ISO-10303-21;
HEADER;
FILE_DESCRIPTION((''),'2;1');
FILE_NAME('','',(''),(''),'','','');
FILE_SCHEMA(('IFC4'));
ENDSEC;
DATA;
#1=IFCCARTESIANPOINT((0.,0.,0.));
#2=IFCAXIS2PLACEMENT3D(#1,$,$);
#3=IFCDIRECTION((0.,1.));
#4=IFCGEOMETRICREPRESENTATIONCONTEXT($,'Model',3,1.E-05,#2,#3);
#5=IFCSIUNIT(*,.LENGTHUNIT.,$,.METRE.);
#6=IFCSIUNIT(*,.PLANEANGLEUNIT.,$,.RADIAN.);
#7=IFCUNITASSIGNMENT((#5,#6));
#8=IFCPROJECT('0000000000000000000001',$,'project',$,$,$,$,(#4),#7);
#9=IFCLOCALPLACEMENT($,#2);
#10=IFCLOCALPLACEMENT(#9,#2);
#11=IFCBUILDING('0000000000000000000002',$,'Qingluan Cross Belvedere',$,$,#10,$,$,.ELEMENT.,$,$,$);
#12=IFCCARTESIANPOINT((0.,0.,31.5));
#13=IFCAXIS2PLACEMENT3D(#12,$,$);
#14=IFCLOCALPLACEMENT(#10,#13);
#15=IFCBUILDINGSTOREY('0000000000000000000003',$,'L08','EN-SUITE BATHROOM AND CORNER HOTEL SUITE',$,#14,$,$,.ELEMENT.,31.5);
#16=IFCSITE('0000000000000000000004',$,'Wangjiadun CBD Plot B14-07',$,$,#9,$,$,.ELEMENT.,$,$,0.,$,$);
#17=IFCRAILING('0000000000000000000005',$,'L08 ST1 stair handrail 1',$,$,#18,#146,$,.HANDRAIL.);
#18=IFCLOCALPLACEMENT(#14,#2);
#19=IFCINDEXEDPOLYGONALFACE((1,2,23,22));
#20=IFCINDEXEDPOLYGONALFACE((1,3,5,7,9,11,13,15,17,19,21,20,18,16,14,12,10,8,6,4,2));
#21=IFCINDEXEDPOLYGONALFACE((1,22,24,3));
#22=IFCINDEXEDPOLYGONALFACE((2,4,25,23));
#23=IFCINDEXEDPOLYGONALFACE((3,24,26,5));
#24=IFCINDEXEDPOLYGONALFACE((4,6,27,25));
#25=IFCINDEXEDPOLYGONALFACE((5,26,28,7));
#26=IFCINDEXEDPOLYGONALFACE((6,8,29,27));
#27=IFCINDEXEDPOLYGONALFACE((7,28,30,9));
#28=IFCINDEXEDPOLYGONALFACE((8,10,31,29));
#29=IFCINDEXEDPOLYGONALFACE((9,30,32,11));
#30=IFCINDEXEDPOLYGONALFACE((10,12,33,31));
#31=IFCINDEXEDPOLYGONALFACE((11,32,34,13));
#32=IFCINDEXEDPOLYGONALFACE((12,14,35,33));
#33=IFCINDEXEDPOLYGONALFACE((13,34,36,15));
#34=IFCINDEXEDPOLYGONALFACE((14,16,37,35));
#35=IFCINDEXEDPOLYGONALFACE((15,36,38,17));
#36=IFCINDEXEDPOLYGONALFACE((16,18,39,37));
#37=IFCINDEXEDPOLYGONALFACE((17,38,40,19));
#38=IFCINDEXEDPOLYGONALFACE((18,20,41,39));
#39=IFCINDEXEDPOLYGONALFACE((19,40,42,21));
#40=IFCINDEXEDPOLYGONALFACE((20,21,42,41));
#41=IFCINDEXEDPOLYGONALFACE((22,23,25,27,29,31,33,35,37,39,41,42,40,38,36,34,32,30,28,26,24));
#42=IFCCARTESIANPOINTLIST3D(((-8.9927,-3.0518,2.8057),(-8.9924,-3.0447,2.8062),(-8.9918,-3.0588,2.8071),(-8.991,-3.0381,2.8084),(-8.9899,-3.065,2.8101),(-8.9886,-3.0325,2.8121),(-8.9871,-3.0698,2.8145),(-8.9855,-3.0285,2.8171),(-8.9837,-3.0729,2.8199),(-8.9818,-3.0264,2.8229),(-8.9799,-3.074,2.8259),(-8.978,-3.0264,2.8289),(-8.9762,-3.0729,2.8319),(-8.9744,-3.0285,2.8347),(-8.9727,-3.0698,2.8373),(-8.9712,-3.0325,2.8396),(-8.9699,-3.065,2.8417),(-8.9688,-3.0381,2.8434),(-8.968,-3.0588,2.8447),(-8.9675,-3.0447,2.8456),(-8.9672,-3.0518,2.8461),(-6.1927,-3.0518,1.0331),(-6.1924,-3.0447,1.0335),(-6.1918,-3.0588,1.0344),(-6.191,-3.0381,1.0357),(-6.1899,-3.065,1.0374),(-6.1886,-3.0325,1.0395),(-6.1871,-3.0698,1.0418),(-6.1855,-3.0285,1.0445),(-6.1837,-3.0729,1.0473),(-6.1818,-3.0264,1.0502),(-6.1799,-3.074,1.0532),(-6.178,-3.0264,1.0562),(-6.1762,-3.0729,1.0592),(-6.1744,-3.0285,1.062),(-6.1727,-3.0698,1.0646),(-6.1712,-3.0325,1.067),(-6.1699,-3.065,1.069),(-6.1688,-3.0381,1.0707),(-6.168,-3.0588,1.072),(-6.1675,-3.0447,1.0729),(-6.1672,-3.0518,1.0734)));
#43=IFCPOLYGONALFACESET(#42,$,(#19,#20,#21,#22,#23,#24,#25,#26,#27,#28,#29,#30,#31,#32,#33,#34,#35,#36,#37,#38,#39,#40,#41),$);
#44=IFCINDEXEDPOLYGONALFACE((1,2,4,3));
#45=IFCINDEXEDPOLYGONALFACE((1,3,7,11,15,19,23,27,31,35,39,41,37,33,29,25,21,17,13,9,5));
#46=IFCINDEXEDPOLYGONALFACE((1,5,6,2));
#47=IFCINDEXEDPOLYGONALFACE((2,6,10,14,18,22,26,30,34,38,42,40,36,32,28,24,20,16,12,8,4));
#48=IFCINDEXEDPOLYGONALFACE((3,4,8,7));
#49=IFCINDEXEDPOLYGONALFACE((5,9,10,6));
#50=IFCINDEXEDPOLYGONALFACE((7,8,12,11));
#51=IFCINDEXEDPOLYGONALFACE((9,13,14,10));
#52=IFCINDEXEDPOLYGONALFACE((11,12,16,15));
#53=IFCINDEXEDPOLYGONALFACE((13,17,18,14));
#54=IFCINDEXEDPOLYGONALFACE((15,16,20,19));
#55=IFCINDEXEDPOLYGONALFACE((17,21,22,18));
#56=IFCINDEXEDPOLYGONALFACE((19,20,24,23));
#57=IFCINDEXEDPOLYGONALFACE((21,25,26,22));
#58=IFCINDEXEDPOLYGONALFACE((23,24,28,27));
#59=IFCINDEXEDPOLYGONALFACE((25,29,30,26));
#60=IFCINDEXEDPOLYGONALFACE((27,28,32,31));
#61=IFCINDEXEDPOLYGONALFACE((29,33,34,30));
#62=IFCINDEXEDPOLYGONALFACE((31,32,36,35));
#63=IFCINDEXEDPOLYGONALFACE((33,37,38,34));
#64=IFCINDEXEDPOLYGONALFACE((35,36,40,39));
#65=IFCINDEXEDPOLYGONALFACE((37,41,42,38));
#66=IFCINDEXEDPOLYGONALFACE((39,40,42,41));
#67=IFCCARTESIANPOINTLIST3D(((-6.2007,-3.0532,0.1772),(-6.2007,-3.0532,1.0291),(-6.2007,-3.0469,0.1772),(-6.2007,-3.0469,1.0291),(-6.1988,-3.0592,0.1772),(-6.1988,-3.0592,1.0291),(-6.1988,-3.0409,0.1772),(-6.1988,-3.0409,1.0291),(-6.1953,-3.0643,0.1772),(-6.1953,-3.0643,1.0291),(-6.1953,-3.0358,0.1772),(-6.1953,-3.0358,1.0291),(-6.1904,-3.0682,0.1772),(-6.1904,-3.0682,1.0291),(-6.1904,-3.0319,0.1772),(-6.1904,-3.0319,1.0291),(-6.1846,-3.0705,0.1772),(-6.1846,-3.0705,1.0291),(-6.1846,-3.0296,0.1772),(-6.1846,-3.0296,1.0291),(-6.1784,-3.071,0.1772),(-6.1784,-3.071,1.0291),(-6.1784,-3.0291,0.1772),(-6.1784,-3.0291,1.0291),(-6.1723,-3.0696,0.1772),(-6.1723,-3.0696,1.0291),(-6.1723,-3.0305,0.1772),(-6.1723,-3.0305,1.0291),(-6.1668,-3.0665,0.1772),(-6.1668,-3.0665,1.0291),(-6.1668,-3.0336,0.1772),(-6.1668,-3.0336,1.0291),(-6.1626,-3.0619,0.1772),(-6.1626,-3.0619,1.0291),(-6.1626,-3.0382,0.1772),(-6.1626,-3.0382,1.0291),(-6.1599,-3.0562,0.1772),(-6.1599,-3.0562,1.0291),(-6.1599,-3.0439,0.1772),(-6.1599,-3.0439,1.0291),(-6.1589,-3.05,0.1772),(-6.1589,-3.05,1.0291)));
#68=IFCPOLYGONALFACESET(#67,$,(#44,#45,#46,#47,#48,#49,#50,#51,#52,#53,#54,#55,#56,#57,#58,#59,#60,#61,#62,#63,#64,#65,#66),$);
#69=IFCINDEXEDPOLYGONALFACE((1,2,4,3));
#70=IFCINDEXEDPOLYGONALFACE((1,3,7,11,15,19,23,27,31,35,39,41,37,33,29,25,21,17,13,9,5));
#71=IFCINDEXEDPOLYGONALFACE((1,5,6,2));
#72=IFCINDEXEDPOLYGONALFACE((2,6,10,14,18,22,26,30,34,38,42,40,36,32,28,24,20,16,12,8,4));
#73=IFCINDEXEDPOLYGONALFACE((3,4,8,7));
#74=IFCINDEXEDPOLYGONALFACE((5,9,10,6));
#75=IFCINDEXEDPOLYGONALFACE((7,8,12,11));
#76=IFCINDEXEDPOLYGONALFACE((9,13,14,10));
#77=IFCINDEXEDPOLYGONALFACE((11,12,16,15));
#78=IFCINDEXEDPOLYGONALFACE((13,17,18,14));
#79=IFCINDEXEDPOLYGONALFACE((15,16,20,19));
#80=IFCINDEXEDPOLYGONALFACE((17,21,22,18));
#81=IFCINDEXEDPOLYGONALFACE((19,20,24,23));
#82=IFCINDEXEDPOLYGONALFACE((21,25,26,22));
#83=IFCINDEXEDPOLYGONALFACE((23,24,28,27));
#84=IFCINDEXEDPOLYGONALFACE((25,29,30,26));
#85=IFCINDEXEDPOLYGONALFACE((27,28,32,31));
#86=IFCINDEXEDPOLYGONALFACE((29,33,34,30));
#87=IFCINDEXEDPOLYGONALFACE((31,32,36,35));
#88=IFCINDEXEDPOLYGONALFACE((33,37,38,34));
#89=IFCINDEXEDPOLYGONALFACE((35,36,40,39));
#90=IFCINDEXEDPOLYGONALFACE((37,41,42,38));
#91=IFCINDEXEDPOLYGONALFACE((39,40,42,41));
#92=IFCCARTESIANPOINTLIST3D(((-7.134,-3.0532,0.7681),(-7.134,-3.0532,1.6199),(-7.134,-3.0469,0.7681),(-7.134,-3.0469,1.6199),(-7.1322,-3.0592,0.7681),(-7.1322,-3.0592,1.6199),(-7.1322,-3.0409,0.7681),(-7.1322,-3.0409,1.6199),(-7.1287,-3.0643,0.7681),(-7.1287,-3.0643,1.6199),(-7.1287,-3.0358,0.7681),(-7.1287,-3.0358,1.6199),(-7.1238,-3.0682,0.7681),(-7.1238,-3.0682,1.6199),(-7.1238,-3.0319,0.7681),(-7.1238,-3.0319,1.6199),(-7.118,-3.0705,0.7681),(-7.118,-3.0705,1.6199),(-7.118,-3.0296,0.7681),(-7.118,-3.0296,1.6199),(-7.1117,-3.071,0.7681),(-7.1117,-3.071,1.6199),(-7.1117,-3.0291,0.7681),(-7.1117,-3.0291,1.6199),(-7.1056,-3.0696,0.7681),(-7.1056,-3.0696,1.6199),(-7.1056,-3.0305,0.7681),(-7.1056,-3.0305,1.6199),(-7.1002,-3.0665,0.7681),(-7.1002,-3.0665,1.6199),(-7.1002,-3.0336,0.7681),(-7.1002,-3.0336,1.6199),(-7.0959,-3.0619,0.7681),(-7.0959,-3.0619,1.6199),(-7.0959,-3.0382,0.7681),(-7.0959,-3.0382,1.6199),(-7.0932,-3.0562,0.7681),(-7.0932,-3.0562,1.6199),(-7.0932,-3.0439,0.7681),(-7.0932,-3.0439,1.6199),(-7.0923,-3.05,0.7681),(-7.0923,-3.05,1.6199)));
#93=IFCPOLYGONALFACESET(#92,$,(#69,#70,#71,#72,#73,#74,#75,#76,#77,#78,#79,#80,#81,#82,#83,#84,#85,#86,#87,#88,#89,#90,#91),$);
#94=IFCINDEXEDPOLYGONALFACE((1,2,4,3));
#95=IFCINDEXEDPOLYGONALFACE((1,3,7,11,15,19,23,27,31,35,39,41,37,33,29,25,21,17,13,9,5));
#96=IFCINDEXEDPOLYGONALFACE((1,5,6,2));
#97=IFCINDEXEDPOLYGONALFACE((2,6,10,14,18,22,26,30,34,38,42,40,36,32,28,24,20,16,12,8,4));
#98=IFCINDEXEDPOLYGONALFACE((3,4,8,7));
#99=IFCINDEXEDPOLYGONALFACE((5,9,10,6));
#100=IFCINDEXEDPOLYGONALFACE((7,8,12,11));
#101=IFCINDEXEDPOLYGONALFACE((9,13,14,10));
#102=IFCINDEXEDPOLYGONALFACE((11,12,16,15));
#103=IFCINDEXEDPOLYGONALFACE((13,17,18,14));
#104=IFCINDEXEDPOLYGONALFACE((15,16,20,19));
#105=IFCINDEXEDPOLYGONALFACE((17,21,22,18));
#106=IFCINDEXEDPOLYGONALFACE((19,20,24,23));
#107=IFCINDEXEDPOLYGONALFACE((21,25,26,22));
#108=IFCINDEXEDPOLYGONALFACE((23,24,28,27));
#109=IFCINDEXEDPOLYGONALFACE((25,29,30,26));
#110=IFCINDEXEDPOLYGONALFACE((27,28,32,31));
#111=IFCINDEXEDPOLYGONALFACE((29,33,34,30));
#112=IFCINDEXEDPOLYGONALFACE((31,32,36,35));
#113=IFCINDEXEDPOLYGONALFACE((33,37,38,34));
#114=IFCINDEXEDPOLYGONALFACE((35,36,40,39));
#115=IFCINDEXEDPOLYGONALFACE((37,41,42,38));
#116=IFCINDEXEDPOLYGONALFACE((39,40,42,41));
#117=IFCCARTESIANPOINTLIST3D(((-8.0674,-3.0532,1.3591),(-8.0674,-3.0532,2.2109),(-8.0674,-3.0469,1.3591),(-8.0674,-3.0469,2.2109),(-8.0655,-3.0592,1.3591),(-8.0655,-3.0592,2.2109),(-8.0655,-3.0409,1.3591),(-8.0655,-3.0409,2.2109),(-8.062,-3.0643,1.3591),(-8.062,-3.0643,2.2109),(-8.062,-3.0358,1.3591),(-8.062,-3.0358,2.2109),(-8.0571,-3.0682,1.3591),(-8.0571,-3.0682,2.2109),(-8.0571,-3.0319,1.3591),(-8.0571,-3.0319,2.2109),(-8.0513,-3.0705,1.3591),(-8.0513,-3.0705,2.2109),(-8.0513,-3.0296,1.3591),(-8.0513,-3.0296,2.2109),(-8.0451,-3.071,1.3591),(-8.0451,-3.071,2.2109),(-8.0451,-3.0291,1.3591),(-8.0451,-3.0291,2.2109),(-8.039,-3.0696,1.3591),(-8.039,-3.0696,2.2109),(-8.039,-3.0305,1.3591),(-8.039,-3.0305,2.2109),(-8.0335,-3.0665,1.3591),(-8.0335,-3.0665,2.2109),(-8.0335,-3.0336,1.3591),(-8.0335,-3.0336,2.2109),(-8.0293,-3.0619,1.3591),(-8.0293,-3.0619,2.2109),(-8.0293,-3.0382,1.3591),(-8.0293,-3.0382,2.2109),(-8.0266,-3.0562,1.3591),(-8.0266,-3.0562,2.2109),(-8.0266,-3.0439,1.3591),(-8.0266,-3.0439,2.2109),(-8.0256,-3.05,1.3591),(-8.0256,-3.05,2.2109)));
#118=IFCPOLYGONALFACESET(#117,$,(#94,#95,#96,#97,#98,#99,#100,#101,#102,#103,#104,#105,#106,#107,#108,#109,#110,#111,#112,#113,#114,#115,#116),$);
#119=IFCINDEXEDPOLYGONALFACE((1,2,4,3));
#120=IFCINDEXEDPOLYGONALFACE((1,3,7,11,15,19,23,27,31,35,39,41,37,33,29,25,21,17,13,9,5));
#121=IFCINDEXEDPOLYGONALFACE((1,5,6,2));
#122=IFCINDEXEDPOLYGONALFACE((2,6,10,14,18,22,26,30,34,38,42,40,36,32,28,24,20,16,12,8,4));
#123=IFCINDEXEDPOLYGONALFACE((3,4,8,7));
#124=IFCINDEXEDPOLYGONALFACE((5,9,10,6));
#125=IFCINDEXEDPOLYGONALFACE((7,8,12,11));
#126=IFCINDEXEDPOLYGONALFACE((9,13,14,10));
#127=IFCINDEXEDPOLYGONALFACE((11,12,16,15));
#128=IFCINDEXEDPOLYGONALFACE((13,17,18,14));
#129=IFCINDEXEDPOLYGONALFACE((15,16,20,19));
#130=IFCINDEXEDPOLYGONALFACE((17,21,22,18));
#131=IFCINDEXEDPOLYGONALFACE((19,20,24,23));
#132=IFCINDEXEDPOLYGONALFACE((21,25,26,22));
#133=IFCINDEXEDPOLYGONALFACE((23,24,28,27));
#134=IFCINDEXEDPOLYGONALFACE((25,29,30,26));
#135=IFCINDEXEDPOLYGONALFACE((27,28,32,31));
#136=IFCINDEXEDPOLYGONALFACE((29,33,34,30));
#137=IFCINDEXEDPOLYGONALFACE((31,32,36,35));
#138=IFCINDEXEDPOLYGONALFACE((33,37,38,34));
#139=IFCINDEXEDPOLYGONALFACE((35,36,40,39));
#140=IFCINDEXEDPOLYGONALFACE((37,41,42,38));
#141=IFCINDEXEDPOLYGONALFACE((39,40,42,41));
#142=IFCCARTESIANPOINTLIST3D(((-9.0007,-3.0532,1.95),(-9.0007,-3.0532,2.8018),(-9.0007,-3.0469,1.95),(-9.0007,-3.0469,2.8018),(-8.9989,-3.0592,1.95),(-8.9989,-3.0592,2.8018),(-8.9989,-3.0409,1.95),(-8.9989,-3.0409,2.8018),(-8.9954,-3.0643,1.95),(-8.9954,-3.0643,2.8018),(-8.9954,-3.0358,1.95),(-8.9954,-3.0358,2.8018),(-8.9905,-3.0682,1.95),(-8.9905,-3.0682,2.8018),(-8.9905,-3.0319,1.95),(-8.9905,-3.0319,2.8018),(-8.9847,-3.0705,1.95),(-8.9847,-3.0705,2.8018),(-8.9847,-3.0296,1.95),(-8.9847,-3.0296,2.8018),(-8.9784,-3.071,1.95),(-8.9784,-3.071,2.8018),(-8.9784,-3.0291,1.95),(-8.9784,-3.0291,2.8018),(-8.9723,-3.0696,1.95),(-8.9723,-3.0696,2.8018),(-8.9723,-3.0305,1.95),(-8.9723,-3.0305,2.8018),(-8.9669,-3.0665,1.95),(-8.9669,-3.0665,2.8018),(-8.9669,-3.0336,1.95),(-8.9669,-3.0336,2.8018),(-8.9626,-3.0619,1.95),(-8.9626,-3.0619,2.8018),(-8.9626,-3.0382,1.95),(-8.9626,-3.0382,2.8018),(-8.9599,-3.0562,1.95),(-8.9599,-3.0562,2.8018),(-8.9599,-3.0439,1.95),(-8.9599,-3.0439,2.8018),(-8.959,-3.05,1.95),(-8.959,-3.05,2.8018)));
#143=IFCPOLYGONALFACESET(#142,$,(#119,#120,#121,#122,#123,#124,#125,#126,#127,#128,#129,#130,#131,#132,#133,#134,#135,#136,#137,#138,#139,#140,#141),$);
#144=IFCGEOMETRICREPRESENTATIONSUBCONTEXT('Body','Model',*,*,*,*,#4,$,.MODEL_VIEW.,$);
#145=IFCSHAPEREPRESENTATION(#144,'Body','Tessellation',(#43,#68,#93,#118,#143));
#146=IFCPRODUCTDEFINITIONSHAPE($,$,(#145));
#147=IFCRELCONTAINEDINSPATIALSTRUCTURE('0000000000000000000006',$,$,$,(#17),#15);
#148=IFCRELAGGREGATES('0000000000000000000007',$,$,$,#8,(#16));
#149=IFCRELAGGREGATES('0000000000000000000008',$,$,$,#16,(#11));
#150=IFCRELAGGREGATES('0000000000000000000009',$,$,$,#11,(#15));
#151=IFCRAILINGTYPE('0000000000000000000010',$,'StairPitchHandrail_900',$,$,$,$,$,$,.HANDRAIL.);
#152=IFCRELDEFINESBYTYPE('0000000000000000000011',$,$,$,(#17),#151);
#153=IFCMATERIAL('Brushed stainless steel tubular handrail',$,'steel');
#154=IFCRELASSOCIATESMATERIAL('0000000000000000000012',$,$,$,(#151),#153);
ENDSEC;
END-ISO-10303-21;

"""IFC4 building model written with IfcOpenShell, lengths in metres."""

from ifc_helpers import new_model, si_unit, direction, frame, origin, origin_2d, place, context, subcontext, project, spatial, circle, extrude, material, type_object, element, save


model = new_model("IFC4")

# Units and contexts
model_context = context("Model", 3, precision=1e-05, world=origin(), true_north=direction((0.0, 1.0)))
body_context = subcontext(model_context, "Body", "Model", "MODEL_VIEW")
ifc_project = project(units=[si_unit("LENGTHUNIT", "METRE"), si_unit("PLANEANGLEUNIT", "RADIAN")], contexts=[model_context])

# Site, building, storey
site_placement = place(None, origin())
site = spatial("IfcSite", under=ifc_project, at=site_placement, Name="Wangjiadun CBD Plot B14-07", CompositionType="ELEMENT", RefElevation=0.0)
building_placement = place(site_placement, origin())
building = spatial("IfcBuilding", under=site, at=building_placement, Name="Qingluan Cross Belvedere", CompositionType="ELEMENT")
storey_placement = place(building_placement, frame((0.0, 0.0, 31.5)))
storey = spatial("IfcBuildingStorey", under=building, at=storey_placement, Name="L08", Description="EN-SUITE BATHROOM AND CORNER HOTEL SUITE", CompositionType="ELEMENT", Elevation=31.5)

# Railing
ifc_material_1 = material(Name="Brushed stainless steel tubular handrail", Category="steel")
railing_type_1 = type_object("IfcRailingType", Name="StairPitchHandrail_900", PredefinedType="HANDRAIL", material=ifc_material_1)
railing_1_placement = place(storey_placement, frame((-6.1799, -3.05, 0.1772)))
element("IfcRailing", 1, at=railing_1_placement, inside=storey, type_object=railing_type_1, Name="L08 ST1 stair handrail 1", PredefinedType="HANDRAIL", context=body_context, shape_type="SweptSolid", body=[
    extrude(circle(Radius=0.0239, at=origin_2d()), frame((0.0, 0.0, 0.876), z_axis=(-0.844909, 0.0, 0.53491), x_axis=(0.0, -1.0, 0.0)), (0.0, 0.0, 1.0), 3.314),
    extrude(circle(Radius=0.021, at=origin_2d()), origin(), (0.0, 0.0, 1.0), 0.8518),
    extrude(circle(Radius=0.021, at=origin_2d()), frame((-0.9333, 0.0, 0.5908)), (0.0, 0.0, 1.0), 0.8518),
    extrude(circle(Radius=0.021, at=origin_2d()), frame((-1.8667, 0.0, 1.1819)), (0.0, 0.0, 1.0), 0.8518),
    extrude(circle(Radius=0.021, at=origin_2d()), frame((-2.8, 0.0, 1.7727)), (0.0, 0.0, 1.0), 0.8518),
])

save(model, "model.ifc")
